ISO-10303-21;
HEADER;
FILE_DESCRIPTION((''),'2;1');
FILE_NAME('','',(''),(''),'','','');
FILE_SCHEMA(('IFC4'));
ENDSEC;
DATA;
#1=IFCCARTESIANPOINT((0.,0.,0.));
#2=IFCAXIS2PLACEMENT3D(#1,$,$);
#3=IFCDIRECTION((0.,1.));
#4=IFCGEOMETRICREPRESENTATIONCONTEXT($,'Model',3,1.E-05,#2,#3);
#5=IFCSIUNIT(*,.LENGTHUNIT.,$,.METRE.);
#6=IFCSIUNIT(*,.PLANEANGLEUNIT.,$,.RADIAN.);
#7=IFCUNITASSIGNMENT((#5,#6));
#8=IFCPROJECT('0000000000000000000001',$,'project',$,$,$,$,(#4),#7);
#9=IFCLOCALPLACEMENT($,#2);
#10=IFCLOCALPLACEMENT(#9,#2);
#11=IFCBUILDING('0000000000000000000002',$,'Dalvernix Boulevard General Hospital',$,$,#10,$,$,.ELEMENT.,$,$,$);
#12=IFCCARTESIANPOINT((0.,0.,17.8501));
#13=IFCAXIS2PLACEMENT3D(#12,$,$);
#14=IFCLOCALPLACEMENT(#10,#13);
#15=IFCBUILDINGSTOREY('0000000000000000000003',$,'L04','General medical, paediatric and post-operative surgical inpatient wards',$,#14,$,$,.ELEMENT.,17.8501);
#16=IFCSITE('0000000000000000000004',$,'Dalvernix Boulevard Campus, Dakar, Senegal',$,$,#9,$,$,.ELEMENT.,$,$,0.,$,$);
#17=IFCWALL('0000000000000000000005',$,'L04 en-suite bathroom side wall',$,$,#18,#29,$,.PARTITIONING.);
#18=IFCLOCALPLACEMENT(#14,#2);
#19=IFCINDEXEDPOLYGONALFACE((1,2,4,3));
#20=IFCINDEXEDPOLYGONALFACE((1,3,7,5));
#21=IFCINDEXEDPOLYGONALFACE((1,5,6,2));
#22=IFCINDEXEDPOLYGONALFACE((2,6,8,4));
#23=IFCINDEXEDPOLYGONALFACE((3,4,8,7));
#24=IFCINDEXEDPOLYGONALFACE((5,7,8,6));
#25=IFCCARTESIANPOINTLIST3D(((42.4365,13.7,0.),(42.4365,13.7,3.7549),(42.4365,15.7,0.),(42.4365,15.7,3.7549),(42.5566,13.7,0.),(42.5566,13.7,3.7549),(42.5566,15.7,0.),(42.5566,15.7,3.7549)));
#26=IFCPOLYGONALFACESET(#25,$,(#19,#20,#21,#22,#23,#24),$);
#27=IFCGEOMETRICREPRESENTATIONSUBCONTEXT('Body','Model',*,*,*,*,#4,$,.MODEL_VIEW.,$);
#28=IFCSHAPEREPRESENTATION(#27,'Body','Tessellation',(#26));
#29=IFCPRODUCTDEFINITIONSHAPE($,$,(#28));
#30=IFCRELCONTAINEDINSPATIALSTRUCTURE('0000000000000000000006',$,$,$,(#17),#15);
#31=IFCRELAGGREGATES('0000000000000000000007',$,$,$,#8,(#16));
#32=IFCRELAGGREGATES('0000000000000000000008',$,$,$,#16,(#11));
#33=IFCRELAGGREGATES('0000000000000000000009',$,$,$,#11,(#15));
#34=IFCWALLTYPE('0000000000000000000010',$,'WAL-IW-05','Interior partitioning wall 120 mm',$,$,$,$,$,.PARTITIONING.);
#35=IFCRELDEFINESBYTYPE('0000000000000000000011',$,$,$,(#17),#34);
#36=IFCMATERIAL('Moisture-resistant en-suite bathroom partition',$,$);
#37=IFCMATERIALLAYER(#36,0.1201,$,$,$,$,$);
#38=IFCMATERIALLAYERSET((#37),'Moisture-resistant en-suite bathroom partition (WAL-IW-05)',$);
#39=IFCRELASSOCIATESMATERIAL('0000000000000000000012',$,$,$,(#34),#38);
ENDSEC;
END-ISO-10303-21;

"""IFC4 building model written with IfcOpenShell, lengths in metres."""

from ifc_helpers import new_model, si_unit, direction, frame, frame_2d, origin, place, context, subcontext, project, spatial, rectangle, extrude, material, layer, layer_set, type_object, element, save


model = new_model("IFC4")

# Units and contexts
model_context = context("Model", 3, precision=1e-05, world=origin(), true_north=direction((0.0, 1.0)))
body_context = subcontext(model_context, "Body", "Model", "MODEL_VIEW")
ifc_project = project(units=[si_unit("LENGTHUNIT", "METRE"), si_unit("PLANEANGLEUNIT", "RADIAN")], contexts=[model_context])

# Site, building, storey
site_placement = place(None, origin())
site = spatial("IfcSite", under=ifc_project, at=site_placement, Name="Dalvernix Boulevard Campus, Dakar, Senegal", CompositionType="ELEMENT", RefElevation=0.0)
building_placement = place(site_placement, origin())
building = spatial("IfcBuilding", under=site, at=building_placement, Name="Dalvernix Boulevard General Hospital", CompositionType="ELEMENT")
storey_placement = place(building_placement, frame((0.0, 0.0, 17.8501)))
storey = spatial("IfcBuildingStorey", under=building, at=storey_placement, Name="L04", Description="General medical, paediatric and post-operative surgical inpatient wards", CompositionType="ELEMENT", Elevation=17.8501)

# Shared definitions
ifc_material_1 = material(Name="Moisture-resistant en-suite bathroom partition")
ifc_layer_1 = layer(ifc_material_1, 0.1201)
ifc_layer_set_1 = layer_set([ifc_layer_1], Name="Moisture-resistant en-suite bathroom partition (WAL-IW-05)")
wall_type_1 = type_object("IfcWallType", Name="WAL-IW-05", Description="Interior partitioning wall 120 mm", PredefinedType="PARTITIONING", material=ifc_layer_set_1)

# Wall
for number, where, z_axis, x_axis, name in (
    (1, (42.4966, 13.7, 0.0), (0.0, 0.0, 1.0), (0.0, 1.0, 0.0), "L04 en-suite bathroom side wall"),
):
    element("IfcWall", number, at=place(storey_placement, frame(where, z_axis=z_axis, x_axis=x_axis)), inside=storey, type_object=wall_type_1, Name=name, PredefinedType="PARTITIONING", context=body_context, shape_type="SweptSolid", body=[
        extrude(rectangle(XDim=2.0, YDim=0.1201, at=frame_2d((1.0, 0.0))), origin(), (0.0, 0.0, 1.0), 3.7549),
    ])

save(model, "model.ifc")
